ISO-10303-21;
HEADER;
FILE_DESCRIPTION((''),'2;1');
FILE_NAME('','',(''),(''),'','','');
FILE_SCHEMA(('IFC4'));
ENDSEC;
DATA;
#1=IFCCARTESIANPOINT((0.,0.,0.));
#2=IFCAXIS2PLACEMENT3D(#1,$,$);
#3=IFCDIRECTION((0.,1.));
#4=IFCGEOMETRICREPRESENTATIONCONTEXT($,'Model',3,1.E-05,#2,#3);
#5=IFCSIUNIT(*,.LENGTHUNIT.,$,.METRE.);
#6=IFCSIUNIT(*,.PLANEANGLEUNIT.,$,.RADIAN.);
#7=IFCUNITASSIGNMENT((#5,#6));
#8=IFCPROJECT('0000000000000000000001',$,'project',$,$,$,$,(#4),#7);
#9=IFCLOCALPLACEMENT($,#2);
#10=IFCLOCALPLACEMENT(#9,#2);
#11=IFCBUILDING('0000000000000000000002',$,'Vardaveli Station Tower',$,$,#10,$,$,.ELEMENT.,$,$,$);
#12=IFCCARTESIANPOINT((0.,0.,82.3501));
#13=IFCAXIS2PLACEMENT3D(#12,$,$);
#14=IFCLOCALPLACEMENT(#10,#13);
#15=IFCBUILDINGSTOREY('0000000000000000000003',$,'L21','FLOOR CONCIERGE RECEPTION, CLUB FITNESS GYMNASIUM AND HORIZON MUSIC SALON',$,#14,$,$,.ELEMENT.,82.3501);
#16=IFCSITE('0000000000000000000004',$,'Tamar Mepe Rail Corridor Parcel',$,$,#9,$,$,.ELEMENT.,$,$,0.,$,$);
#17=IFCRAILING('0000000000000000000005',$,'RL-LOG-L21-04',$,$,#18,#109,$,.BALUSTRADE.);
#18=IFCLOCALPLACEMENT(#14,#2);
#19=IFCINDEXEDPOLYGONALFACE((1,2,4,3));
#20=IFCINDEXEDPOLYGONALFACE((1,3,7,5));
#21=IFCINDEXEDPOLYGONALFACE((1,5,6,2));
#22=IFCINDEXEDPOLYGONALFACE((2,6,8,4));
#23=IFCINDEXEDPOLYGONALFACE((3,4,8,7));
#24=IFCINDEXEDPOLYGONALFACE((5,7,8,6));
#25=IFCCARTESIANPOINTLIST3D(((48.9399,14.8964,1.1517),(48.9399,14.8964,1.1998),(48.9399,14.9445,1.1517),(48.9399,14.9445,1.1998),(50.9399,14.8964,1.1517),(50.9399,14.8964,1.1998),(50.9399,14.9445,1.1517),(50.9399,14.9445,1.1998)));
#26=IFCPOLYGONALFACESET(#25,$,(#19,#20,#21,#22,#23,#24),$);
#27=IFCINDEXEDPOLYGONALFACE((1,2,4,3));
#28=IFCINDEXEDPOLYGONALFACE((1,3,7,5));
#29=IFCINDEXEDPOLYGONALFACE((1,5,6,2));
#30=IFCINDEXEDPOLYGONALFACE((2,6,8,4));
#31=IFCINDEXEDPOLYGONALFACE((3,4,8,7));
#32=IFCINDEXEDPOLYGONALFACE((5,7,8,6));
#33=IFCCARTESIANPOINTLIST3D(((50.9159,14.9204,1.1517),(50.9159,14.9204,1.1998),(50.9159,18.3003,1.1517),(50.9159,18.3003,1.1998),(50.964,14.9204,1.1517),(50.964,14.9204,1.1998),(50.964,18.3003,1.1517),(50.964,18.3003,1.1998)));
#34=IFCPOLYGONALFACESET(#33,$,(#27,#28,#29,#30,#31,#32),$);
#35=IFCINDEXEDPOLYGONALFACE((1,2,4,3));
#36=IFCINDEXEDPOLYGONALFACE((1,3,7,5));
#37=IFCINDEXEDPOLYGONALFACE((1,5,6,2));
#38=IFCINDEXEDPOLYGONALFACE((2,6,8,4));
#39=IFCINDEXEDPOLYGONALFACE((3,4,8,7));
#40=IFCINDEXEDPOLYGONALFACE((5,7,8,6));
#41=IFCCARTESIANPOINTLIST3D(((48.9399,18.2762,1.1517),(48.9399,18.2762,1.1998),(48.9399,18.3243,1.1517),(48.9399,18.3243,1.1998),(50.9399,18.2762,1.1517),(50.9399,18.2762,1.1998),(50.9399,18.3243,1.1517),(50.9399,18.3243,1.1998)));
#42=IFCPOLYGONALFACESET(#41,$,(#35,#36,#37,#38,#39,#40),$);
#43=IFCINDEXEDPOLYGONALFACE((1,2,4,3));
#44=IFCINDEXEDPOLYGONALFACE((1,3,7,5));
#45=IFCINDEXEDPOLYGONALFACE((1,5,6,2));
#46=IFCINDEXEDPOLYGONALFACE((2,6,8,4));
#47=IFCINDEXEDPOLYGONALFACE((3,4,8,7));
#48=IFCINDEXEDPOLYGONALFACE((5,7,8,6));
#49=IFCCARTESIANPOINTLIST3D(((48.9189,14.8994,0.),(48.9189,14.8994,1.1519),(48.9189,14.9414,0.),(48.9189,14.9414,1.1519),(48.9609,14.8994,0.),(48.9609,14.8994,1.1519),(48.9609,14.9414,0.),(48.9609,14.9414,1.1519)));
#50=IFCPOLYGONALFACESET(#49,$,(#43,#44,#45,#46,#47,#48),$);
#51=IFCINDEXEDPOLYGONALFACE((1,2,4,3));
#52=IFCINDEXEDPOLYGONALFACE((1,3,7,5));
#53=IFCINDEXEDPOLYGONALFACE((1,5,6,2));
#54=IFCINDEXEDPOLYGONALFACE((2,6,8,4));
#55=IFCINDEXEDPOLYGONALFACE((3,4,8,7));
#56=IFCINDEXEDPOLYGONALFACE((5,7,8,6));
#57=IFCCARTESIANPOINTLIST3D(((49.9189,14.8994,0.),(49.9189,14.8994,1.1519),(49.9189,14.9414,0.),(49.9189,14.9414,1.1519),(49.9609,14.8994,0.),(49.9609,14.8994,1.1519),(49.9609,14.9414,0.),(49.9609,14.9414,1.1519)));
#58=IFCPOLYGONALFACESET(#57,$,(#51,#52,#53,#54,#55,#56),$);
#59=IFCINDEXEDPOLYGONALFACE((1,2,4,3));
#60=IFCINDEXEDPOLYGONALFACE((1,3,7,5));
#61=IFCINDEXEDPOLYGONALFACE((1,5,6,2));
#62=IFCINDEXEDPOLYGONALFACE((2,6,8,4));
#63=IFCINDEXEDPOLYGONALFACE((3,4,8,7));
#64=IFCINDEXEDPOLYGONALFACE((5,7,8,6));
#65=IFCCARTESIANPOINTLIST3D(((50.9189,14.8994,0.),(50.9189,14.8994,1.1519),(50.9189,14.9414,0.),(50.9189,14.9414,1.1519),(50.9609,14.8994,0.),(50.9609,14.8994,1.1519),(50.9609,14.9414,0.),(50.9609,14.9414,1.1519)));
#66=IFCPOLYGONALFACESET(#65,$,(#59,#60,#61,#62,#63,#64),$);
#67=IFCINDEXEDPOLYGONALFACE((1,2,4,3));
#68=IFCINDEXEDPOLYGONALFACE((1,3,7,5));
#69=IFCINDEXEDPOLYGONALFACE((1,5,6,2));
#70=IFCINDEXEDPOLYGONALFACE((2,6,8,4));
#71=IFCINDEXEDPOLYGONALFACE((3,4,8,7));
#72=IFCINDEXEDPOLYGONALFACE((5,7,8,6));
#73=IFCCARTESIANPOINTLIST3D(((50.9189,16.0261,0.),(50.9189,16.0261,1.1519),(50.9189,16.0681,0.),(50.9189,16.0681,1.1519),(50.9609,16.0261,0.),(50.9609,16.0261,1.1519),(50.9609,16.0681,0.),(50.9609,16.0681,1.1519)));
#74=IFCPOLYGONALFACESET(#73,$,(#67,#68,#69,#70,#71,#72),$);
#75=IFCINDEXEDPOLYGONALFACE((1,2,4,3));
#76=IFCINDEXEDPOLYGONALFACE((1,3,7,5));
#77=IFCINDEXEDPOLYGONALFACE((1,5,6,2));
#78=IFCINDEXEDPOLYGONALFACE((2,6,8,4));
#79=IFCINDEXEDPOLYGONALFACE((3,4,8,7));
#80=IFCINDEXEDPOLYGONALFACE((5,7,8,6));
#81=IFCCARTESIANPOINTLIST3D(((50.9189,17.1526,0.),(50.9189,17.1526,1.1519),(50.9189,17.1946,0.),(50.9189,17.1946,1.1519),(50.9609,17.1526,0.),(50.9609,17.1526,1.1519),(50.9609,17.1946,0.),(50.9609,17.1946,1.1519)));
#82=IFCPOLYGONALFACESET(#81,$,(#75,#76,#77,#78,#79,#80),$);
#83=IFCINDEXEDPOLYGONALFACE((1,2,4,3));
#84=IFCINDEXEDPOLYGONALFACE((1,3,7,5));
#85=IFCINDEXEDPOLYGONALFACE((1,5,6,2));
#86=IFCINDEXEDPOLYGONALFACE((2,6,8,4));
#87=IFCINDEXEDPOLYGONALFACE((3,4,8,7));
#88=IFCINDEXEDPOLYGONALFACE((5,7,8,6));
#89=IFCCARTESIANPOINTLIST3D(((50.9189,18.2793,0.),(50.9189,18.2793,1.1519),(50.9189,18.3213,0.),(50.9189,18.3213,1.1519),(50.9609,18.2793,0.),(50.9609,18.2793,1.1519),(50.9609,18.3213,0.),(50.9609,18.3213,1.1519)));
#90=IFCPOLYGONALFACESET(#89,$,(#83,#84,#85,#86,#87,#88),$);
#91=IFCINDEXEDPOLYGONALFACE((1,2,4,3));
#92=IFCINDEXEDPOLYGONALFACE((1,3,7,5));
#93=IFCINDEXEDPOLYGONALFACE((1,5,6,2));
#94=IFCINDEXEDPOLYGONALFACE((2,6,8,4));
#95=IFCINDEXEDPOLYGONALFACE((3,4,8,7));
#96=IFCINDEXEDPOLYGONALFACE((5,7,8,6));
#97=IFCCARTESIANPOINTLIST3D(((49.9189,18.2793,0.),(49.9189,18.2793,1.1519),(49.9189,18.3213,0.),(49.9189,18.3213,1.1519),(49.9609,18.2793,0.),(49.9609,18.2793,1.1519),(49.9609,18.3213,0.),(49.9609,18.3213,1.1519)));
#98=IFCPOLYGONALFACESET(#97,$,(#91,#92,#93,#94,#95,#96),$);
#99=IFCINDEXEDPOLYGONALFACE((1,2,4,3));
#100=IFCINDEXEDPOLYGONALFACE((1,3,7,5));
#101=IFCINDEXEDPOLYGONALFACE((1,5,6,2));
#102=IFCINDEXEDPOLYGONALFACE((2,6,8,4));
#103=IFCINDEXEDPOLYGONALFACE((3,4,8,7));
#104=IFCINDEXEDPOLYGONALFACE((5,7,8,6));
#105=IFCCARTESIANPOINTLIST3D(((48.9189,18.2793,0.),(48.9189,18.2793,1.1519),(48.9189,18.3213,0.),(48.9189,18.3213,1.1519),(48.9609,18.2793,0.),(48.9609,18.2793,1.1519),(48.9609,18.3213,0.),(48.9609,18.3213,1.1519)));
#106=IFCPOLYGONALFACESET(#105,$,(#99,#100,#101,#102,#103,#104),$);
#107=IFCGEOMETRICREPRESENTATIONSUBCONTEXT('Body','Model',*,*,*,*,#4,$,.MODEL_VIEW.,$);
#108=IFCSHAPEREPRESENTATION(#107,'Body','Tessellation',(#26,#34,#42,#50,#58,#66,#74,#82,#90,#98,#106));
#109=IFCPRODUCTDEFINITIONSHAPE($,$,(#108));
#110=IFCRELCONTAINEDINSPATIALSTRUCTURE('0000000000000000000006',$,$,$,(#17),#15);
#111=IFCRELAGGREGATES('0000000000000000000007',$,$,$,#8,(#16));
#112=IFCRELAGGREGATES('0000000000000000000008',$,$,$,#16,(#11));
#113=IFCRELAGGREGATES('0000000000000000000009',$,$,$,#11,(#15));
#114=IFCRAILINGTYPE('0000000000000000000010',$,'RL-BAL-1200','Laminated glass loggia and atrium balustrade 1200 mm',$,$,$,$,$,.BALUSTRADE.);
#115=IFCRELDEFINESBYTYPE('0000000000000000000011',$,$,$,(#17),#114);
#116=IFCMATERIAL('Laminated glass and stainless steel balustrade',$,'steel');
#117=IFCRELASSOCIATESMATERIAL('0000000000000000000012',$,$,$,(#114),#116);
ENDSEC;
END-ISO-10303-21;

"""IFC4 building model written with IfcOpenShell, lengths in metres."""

from ifc_helpers import new_model, si_unit, direction, frame, origin, origin_2d, place, context, subcontext, project, spatial, rectangle, extrude, source, transform, mapped, material, type_object, element, save


model = new_model("IFC4")

# Units and contexts
model_context = context("Model", 3, precision=1e-05, world=origin(), true_north=direction((0.0, 1.0)))
body_context = subcontext(model_context, "Body", "Model", "MODEL_VIEW")
ifc_project = project(units=[si_unit("LENGTHUNIT", "METRE"), si_unit("PLANEANGLEUNIT", "RADIAN")], contexts=[model_context])

# Site, building, storey
site_placement = place(None, origin())
site = spatial("IfcSite", under=ifc_project, at=site_placement, Name="Tamar Mepe Rail Corridor Parcel", CompositionType="ELEMENT", RefElevation=0.0)
building_placement = place(site_placement, origin())
building = spatial("IfcBuilding", under=site, at=building_placement, Name="Vardaveli Station Tower", CompositionType="ELEMENT")
storey_placement = place(building_placement, frame((0.0, 0.0, 82.3501)))
storey = spatial("IfcBuildingStorey", under=building, at=storey_placement, Name="L21", Description="FLOOR CONCIERGE RECEPTION, CLUB FITNESS GYMNASIUM AND HORIZON MUSIC SALON", CompositionType="ELEMENT", Elevation=82.3501)

# Railing
ifc_material_1 = material(Name="Laminated glass and stainless steel balustrade", Category="steel")
railing_type = type_object("IfcRailingType", Name="RL-BAL-1200", Description="Laminated glass loggia and atrium balustrade 1200 mm", PredefinedType="BALUSTRADE", material=ifc_material_1)
shared_shape_1 = source(origin(), body_context, "Body", "SweptSolid", [
    extrude(rectangle(XDim=0.0481, YDim=0.0481, at=origin_2d()), frame((0.0, 0.0, 1.1758), z_axis=(1.0, 0.0, 0.0), x_axis=(0.0, 1.0, 0.0)), (0.0, 0.0, 1.0), 2.0),
    extrude(rectangle(XDim=0.0481, YDim=0.0481, at=origin_2d()), frame((2.0, 0.0, 1.1758), z_axis=(0.0, 1.0, 0.0), x_axis=(-1.0, 0.0, 0.0)), (0.0, 0.0, 1.0), 3.3799),
    extrude(rectangle(XDim=0.0481, YDim=0.0481, at=origin_2d()), frame((2.0, 3.3799, 1.1758), z_axis=(-1.0, 0.0, 0.0), x_axis=(0.0, -1.0, 0.0)), (0.0, 0.0, 1.0), 2.0),
    extrude(rectangle(XDim=0.042, YDim=0.042, at=origin_2d()), origin(), (0.0, 0.0, 1.0), 1.1519),
    extrude(rectangle(XDim=0.042, YDim=0.042, at=origin_2d()), frame((1.0, 0.0, 0.0)), (0.0, 0.0, 1.0), 1.1519),
    extrude(rectangle(XDim=0.042, YDim=0.042, at=origin_2d()), frame((2.0, 0.0, 0.0)), (0.0, 0.0, 1.0), 1.1519),
    extrude(rectangle(XDim=0.042, YDim=0.042, at=origin_2d()), frame((2.0, 1.1267, 0.0)), (0.0, 0.0, 1.0), 1.1519),
    extrude(rectangle(XDim=0.042, YDim=0.042, at=origin_2d()), frame((2.0, 2.2532, 0.0)), (0.0, 0.0, 1.0), 1.1519),
    extrude(rectangle(XDim=0.042, YDim=0.042, at=origin_2d()), frame((2.0, 3.3799, 0.0)), (0.0, 0.0, 1.0), 1.1519),
    extrude(rectangle(XDim=0.042, YDim=0.042, at=origin_2d()), frame((1.0, 3.3799, 0.0)), (0.0, 0.0, 1.0), 1.1519),
    extrude(rectangle(XDim=0.042, YDim=0.042, at=origin_2d()), frame((0.0, 3.3799, 0.0)), (0.0, 0.0, 1.0), 1.1519),
])
railing_placement = place(storey_placement, frame((48.9399, 14.9204, 0.0)))
element("IfcRailing", 1, at=railing_placement, inside=storey, type_object=railing_type, Name="RL-LOG-L21-04", PredefinedType="BALUSTRADE", context=body_context, shape_type="MappedRepresentation", body=[
    mapped(shared_shape_1, transform((0.0, 0.0, 0.0), scale=1.0)),
])

save(model, "model.ifc")
